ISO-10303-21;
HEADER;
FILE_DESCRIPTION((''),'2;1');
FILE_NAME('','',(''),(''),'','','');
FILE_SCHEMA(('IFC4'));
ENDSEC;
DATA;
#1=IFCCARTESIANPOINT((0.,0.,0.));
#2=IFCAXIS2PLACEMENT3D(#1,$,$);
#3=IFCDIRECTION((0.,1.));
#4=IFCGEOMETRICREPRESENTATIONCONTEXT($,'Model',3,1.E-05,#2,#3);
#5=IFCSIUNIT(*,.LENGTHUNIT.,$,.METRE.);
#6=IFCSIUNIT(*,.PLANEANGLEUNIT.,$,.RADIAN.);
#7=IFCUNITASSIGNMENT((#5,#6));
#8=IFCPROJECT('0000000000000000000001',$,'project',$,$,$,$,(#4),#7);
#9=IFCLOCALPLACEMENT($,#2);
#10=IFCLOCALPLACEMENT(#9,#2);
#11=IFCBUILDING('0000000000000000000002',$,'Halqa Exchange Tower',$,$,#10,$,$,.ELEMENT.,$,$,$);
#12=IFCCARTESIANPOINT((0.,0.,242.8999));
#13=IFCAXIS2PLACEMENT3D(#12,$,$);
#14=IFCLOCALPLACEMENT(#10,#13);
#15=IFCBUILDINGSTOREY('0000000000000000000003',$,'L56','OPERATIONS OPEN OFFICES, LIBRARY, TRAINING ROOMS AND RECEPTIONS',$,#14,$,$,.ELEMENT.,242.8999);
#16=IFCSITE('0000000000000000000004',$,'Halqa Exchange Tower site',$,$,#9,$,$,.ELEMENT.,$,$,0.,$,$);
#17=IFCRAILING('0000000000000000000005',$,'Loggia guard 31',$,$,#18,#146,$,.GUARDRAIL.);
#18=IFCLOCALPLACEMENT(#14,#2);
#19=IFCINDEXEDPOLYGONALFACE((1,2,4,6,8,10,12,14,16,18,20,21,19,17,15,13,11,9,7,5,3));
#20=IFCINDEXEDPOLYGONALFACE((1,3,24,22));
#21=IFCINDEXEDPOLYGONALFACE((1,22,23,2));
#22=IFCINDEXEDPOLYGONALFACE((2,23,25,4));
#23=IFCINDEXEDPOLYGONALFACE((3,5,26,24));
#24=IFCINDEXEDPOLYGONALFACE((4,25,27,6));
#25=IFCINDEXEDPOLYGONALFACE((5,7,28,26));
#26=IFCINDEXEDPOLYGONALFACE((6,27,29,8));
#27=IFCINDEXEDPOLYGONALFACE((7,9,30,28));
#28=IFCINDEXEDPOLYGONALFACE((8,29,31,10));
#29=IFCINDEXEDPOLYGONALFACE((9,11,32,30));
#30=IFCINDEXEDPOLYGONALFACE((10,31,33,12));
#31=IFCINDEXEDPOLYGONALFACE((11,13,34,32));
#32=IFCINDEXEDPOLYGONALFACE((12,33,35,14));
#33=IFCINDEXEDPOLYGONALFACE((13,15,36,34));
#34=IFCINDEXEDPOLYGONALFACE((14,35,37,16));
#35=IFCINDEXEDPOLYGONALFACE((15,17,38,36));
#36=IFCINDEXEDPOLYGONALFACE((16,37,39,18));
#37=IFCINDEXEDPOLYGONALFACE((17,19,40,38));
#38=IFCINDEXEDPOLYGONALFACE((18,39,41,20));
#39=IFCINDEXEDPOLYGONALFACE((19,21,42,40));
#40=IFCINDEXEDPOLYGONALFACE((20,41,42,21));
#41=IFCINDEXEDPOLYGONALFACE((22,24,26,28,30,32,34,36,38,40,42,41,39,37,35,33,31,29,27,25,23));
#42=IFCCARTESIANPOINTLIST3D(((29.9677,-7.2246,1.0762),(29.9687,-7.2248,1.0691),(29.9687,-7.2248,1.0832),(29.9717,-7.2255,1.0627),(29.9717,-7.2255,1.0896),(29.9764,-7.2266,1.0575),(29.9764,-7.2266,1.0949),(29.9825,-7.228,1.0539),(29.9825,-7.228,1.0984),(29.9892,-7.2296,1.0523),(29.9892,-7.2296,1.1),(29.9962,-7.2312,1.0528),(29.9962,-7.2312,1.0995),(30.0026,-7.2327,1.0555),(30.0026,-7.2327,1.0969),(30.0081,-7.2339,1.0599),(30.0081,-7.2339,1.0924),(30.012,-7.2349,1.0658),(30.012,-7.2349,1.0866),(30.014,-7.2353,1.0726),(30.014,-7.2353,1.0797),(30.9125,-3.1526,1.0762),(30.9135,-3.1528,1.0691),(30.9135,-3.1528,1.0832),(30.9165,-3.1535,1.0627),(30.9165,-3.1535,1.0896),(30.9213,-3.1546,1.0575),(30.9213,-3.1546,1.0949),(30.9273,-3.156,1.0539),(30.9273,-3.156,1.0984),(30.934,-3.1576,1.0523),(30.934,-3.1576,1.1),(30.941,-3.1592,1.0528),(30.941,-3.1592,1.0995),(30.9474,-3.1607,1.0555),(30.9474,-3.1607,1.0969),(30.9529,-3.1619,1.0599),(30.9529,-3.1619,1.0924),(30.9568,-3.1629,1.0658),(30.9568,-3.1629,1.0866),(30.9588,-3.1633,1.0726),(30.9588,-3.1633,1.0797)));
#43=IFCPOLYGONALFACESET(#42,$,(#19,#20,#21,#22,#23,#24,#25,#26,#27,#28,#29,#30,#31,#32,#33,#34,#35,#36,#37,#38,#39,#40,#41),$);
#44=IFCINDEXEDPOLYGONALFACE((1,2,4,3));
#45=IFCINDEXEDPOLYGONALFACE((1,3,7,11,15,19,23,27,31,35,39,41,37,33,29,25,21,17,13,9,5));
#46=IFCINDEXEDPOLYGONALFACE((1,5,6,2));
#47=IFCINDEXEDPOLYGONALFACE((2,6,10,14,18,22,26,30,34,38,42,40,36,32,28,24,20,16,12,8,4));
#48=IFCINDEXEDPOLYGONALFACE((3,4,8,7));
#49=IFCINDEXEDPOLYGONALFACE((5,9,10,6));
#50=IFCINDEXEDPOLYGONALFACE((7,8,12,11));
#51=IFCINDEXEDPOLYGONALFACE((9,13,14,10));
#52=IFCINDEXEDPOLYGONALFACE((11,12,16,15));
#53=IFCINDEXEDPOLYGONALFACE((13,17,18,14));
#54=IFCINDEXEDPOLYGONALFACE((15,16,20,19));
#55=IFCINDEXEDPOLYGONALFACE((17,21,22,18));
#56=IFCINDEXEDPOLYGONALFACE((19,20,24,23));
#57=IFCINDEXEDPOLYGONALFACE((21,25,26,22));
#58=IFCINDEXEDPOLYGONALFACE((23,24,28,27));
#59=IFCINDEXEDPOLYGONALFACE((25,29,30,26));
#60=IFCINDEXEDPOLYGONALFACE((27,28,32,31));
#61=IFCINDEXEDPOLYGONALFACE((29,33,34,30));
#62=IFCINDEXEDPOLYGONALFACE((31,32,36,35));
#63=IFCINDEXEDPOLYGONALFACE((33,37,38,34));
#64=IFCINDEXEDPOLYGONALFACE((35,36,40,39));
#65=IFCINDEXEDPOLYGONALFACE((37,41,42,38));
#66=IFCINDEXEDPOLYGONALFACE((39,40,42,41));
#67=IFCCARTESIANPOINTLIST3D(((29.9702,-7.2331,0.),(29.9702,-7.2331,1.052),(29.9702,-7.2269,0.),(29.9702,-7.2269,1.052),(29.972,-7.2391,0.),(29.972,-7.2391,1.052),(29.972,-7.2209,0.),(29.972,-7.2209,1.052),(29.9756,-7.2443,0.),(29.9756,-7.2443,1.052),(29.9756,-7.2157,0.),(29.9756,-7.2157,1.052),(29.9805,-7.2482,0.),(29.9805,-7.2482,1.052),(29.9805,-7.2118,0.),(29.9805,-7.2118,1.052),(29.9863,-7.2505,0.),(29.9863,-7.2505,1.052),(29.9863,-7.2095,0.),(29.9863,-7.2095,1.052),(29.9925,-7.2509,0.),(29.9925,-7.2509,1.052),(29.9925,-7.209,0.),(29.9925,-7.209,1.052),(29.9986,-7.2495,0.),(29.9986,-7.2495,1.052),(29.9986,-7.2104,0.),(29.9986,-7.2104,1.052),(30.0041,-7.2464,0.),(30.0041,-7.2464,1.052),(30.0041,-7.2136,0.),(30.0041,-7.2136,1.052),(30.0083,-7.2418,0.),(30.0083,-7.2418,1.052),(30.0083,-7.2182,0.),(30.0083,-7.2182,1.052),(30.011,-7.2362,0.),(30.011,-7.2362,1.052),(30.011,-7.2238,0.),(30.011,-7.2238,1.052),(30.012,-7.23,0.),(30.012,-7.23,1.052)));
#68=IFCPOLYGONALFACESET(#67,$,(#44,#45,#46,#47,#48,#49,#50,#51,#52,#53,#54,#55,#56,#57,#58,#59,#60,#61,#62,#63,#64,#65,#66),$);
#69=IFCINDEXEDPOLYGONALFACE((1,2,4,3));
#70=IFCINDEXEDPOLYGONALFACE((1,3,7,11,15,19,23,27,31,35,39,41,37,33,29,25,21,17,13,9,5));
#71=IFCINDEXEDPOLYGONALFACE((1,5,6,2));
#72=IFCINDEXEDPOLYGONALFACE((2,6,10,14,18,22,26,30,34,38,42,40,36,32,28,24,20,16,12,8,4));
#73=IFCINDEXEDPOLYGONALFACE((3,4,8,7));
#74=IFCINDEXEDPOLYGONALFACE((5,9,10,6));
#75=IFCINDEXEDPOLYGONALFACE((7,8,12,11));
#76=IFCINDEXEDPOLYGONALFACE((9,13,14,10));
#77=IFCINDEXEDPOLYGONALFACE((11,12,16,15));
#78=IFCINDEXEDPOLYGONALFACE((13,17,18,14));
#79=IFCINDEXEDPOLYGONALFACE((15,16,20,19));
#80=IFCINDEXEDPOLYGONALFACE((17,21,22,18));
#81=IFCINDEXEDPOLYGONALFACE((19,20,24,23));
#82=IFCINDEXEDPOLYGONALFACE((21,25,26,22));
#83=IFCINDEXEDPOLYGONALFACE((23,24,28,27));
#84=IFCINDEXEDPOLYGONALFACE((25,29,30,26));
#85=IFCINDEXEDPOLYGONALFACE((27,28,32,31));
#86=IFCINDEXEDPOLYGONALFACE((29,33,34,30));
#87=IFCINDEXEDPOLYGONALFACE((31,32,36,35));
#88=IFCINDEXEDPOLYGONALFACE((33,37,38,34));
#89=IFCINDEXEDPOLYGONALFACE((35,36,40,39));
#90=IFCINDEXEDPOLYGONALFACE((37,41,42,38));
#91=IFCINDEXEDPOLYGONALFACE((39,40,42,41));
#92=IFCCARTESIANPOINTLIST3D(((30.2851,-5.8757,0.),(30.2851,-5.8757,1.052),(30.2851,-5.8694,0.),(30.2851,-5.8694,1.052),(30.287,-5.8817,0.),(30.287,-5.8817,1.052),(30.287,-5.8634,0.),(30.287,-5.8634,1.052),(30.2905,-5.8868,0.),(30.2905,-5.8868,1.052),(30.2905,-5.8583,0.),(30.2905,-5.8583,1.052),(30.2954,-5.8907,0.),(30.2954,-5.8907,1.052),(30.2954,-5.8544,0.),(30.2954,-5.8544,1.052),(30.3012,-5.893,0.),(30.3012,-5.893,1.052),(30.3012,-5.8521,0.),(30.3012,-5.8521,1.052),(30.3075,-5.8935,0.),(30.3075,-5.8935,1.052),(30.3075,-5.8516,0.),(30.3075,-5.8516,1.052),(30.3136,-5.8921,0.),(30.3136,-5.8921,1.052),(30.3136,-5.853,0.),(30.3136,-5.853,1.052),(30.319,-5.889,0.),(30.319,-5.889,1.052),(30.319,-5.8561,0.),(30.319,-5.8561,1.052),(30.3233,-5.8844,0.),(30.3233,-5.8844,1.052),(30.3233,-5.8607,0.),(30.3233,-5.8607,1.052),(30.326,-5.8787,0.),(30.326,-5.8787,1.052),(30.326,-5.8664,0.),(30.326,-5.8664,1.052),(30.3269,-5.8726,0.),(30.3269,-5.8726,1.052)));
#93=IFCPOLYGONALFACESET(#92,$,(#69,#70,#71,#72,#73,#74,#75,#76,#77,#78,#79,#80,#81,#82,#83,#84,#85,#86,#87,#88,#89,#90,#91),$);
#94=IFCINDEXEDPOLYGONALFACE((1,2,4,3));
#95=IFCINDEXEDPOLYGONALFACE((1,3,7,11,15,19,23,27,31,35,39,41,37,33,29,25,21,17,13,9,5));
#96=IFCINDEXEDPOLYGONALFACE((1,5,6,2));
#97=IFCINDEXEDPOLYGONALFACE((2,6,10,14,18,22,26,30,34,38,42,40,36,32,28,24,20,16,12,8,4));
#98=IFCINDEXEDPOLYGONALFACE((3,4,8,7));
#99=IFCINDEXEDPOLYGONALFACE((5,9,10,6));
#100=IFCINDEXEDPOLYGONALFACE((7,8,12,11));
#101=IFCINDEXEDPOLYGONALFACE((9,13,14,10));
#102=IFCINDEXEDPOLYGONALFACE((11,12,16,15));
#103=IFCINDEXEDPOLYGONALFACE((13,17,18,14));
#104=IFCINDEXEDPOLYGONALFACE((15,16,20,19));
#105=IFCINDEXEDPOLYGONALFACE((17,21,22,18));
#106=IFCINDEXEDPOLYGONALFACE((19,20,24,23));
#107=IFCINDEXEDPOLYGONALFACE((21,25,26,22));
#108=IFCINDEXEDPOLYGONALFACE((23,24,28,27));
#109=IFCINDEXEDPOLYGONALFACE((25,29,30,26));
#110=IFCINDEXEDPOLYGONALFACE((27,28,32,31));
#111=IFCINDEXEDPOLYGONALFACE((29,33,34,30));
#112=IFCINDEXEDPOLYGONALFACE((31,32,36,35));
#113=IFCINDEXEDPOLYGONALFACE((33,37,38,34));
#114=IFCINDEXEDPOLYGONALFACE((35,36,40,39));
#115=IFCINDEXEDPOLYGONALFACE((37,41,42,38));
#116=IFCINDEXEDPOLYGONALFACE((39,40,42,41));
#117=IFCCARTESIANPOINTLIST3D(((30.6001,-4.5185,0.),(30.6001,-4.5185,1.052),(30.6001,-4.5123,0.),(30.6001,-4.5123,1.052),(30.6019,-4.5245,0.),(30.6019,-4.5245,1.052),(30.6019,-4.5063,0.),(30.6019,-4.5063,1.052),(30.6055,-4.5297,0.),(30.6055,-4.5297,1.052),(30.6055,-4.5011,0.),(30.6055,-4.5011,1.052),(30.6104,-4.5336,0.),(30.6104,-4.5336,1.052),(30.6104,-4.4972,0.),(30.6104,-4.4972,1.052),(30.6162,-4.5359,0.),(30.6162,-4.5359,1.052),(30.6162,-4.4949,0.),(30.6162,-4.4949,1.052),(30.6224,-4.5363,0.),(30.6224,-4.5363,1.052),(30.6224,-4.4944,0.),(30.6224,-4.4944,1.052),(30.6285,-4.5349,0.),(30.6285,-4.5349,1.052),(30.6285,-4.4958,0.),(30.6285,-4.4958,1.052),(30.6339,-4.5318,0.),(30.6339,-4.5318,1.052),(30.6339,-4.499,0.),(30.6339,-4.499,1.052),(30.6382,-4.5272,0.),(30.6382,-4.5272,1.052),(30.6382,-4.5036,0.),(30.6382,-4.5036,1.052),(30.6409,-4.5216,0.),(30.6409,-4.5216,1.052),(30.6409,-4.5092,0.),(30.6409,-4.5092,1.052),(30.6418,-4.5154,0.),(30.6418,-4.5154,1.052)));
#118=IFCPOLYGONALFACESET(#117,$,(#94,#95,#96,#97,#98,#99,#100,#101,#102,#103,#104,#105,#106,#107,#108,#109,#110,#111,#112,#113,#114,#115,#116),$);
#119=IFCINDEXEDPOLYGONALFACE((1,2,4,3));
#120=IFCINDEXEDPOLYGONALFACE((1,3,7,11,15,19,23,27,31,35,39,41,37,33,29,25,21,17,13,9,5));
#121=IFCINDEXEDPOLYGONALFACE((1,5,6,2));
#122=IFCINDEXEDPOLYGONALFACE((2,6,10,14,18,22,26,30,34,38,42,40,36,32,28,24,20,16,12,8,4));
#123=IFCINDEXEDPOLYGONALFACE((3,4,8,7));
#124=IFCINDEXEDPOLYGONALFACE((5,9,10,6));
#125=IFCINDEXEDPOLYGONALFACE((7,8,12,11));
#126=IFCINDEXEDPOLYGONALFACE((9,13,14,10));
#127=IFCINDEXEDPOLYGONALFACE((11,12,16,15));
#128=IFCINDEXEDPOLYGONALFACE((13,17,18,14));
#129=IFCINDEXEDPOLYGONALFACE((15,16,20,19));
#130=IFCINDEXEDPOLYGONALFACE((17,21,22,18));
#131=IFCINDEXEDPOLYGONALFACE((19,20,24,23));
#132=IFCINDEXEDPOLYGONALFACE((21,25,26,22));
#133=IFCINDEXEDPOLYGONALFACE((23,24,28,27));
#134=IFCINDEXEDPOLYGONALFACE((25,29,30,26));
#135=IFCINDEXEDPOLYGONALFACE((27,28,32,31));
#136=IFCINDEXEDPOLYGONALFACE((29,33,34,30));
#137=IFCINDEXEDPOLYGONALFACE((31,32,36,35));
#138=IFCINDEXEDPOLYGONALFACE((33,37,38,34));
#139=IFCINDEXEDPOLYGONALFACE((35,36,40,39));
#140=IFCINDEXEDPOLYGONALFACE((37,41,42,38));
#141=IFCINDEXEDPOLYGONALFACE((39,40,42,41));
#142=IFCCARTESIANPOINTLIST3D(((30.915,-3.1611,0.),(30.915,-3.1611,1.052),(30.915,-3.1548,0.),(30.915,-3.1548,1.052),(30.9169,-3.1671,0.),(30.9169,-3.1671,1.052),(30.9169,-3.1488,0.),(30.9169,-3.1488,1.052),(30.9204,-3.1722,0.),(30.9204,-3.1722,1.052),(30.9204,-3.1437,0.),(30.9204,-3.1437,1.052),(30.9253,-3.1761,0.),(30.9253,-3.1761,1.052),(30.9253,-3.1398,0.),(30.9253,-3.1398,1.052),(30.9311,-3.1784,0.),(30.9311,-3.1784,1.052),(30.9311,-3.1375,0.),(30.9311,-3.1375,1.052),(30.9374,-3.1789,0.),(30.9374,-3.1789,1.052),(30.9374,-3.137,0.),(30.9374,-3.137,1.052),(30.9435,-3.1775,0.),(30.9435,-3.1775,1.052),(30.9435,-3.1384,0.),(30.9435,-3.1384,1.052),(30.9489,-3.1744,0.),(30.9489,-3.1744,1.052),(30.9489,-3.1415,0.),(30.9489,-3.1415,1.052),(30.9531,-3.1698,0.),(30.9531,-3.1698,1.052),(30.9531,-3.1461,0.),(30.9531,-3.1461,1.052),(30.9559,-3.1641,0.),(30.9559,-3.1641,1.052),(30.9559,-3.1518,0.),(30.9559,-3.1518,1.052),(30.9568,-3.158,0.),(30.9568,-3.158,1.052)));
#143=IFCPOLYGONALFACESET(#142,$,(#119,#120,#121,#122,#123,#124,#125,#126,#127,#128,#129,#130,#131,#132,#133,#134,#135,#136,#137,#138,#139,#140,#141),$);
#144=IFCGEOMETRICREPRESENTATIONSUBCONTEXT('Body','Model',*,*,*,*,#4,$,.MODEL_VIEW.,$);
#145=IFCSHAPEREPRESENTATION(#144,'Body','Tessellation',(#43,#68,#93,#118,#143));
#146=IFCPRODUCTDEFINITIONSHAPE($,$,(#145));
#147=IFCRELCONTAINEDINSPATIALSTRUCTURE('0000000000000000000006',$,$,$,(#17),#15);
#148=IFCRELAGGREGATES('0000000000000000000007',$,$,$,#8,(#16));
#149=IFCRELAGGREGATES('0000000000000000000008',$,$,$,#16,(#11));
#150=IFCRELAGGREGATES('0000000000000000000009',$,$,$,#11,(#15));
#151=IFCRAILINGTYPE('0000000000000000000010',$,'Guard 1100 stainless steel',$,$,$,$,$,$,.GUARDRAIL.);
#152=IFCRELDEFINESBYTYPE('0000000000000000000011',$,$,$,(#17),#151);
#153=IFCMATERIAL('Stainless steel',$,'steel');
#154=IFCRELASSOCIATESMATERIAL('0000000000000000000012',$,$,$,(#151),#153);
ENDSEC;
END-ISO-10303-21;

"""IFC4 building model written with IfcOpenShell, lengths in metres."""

from ifc_helpers import new_model, si_unit, direction, frame, origin, origin_2d, place, context, subcontext, project, spatial, circle, extrude, material, type_object, element, save


model = new_model("IFC4")

# Units and contexts
model_context = context("Model", 3, precision=1e-05, world=origin(), true_north=direction((0.0, 1.0)))
body_context = subcontext(model_context, "Body", "Model", "MODEL_VIEW")
ifc_project = project(units=[si_unit("LENGTHUNIT", "METRE"), si_unit("PLANEANGLEUNIT", "RADIAN")], contexts=[model_context])

# Site, building, storey
site_placement = place(None, origin())
site = spatial("IfcSite", under=ifc_project, at=site_placement, Name="Halqa Exchange Tower site", CompositionType="ELEMENT", RefElevation=0.0)
building_placement = place(site_placement, origin())
building = spatial("IfcBuilding", under=site, at=building_placement, Name="Halqa Exchange Tower", CompositionType="ELEMENT")
storey_placement = place(building_placement, frame((0.0, 0.0, 242.8999)))
storey = spatial("IfcBuildingStorey", under=building, at=storey_placement, Name="L56", Description="OPERATIONS OPEN OFFICES, LIBRARY, TRAINING ROOMS AND RECEPTIONS", CompositionType="ELEMENT", Elevation=242.8999)

# Railing
ifc_material_1 = material(Name="Stainless steel", Category="steel")
railing_type = type_object("IfcRailingType", Name="Guard 1100 stainless steel", PredefinedType="GUARDRAIL", material=ifc_material_1)
railing_1_placement = place(storey_placement, frame((29.991, -7.23, 0.0)))
element("IfcRailing", 1, at=railing_1_placement, inside=storey, type_object=railing_type, Name="Loggia guard 31", PredefinedType="GUARDRAIL", context=body_context, shape_type="SweptSolid", body=[
    extrude(circle(Radius=0.0239, at=origin_2d()), frame((0.0, 0.0, 1.0762), z_axis=(0.226024, 0.974122, 0.0), x_axis=(-0.974122, 0.226024, 0.0)), (0.0, 0.0, 1.0), 4.1802),
    extrude(circle(Radius=0.021, at=origin_2d()), origin(), (0.0, 0.0, 1.0), 1.052),
    extrude(circle(Radius=0.021, at=origin_2d()), frame((0.3149, 1.3574, 0.0)), (0.0, 0.0, 1.0), 1.052),
    extrude(circle(Radius=0.021, at=origin_2d()), frame((0.6299, 2.7146, 0.0)), (0.0, 0.0, 1.0), 1.052),
    extrude(circle(Radius=0.021, at=origin_2d()), frame((0.9448, 4.072, 0.0)), (0.0, 0.0, 1.0), 1.052),
])

save(model, "model.ifc")
